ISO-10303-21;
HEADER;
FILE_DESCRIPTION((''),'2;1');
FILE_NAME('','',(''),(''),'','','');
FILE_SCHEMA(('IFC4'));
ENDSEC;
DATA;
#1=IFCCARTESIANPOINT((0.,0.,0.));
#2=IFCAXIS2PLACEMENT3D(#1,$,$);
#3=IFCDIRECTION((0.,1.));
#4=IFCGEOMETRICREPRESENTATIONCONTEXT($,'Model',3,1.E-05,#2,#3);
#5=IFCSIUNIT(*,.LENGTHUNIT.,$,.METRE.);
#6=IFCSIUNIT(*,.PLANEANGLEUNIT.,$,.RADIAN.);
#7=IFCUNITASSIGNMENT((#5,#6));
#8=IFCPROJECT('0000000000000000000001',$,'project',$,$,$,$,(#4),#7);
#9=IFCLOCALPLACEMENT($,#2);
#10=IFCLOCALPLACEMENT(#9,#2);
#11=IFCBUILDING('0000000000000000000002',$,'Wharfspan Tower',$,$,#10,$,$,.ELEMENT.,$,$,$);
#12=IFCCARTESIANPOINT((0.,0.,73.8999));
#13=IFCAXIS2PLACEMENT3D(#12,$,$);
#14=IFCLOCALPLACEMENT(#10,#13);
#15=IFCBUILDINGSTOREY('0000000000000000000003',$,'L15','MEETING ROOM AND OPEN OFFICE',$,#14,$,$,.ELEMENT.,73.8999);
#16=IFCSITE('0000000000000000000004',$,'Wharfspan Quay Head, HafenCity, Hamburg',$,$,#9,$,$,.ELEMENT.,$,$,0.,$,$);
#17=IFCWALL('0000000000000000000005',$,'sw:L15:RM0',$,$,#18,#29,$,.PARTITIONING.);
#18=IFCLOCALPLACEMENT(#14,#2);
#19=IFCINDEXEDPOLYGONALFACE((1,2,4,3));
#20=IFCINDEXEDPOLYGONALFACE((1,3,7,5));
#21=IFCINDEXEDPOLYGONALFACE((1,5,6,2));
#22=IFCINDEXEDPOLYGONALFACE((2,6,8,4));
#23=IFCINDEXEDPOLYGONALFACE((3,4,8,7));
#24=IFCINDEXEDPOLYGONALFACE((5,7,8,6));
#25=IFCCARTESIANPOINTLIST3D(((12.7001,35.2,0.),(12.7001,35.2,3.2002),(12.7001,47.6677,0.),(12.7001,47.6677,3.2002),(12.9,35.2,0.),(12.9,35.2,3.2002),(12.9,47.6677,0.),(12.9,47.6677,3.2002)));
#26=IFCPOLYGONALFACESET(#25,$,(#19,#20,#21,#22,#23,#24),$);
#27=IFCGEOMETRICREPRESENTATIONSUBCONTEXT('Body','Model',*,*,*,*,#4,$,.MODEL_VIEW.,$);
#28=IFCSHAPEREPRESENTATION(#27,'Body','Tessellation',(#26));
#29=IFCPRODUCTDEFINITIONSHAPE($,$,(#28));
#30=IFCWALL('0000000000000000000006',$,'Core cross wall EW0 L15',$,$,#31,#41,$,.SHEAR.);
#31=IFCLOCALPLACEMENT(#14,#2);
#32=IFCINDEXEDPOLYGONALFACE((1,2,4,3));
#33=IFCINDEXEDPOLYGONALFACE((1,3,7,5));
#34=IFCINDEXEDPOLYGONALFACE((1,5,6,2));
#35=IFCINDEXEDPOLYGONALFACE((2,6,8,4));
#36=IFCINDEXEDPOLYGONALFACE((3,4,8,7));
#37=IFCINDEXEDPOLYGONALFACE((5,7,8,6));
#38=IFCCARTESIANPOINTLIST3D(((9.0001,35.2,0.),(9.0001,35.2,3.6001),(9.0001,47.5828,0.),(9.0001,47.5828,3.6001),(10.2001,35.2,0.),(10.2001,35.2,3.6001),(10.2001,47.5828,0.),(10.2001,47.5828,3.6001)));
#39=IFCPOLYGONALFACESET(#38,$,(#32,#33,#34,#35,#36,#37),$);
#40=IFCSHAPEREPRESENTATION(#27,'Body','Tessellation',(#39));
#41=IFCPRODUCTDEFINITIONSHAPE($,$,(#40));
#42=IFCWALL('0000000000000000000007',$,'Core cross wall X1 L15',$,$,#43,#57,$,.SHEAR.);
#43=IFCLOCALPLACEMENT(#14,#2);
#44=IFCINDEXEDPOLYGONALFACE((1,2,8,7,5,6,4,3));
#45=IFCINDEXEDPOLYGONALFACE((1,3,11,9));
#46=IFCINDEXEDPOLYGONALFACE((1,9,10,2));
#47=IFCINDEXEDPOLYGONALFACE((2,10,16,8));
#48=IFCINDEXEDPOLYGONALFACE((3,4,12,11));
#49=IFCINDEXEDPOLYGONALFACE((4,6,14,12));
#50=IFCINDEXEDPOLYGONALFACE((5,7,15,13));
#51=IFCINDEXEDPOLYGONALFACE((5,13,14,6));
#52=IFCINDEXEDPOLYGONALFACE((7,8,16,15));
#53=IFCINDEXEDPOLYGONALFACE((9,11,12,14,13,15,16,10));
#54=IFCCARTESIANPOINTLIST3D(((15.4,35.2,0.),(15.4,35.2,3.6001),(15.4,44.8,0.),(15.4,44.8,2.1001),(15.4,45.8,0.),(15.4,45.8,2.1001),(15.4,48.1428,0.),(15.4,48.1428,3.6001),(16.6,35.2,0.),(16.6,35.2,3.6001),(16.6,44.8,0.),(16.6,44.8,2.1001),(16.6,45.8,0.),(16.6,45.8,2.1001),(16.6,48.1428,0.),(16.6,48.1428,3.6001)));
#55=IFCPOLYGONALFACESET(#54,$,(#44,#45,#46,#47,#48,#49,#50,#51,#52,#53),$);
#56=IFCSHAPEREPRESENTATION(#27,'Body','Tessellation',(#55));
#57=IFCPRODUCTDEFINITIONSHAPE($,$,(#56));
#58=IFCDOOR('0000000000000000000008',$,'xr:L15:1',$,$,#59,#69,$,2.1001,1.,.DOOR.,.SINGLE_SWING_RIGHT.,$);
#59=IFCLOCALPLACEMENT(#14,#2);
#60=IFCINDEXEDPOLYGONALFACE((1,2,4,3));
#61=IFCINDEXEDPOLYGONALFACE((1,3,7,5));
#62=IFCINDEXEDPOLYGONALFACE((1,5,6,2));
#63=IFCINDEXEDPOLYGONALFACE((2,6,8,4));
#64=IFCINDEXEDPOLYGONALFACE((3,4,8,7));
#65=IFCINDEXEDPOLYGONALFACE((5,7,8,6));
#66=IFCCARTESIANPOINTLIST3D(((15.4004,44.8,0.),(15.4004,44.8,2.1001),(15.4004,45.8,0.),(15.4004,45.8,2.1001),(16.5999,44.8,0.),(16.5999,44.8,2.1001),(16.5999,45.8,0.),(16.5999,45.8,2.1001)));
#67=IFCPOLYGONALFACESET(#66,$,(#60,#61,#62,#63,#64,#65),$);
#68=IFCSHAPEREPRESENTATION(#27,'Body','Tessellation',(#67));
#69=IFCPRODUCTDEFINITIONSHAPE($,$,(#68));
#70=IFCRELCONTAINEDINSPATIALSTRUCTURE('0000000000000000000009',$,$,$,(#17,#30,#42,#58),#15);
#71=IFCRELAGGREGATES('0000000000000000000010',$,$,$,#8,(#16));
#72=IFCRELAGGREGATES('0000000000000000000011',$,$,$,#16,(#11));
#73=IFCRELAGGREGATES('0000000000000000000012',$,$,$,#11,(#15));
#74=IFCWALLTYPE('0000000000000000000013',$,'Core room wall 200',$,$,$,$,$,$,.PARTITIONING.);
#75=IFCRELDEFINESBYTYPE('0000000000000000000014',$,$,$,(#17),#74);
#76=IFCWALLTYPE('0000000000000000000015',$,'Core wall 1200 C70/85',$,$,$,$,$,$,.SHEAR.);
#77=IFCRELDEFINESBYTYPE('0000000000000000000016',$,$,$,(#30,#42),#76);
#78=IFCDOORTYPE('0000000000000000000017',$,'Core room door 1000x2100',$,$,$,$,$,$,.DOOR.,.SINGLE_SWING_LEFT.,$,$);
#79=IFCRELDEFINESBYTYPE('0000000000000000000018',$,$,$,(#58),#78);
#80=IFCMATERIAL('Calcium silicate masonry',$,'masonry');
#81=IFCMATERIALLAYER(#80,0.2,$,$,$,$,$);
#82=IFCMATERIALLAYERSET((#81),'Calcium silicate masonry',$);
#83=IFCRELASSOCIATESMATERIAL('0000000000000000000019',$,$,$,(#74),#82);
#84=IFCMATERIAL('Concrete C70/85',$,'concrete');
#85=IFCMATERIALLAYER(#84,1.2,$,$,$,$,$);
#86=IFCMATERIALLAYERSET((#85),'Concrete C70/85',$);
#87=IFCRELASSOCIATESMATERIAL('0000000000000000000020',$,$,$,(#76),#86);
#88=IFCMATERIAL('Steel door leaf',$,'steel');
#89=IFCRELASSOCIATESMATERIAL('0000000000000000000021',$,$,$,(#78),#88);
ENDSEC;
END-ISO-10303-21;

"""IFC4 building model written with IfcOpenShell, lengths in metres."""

from ifc_helpers import new_model, si_unit, direction, frame, frame_2d, origin, place, context, subcontext, project, spatial, rectangle, extrude, material, layer, layer_set, type_object, element, fill, save


model = new_model("IFC4")

# Units and contexts
model_context = context("Model", 3, precision=1e-05, world=origin(), true_north=direction((0.0, 1.0)))
body_context = subcontext(model_context, "Body", "Model", "MODEL_VIEW")
ifc_project = project(units=[si_unit("LENGTHUNIT", "METRE"), si_unit("PLANEANGLEUNIT", "RADIAN")], contexts=[model_context])

# Site, building, storey
site_placement = place(None, origin())
site = spatial("IfcSite", under=ifc_project, at=site_placement, Name="Wharfspan Quay Head, HafenCity, Hamburg", CompositionType="ELEMENT", RefElevation=0.0)
building_placement = place(site_placement, origin())
building = spatial("IfcBuilding", under=site, at=building_placement, Name="Wharfspan Tower", CompositionType="ELEMENT")
storey_placement = place(building_placement, frame((0.0, 0.0, 73.8999)))
storey = spatial("IfcBuildingStorey", under=building, at=storey_placement, Name="L15", Description="MEETING ROOM AND OPEN OFFICE", CompositionType="ELEMENT", Elevation=73.8999)

# Walls
ifc_material_1 = material(Name="Calcium silicate masonry", Category="masonry")
ifc_layer_1 = layer(ifc_material_1, 0.2)
ifc_layer_set_1 = layer_set([ifc_layer_1], Name="Calcium silicate masonry")
wall_type_1 = type_object("IfcWallType", Name="Core room wall 200", PredefinedType="PARTITIONING", material=ifc_layer_set_1)
wall_1_placement = place(storey_placement, frame((12.8, 35.2, 0.0), z_axis=(0.0, 0.0, 1.0), x_axis=(0.0, 1.0, 0.0)))
element("IfcWall", 1, at=wall_1_placement, inside=storey, type_object=wall_type_1, Name="sw:L15:RM0", PredefinedType="PARTITIONING", context=body_context, shape_type="SweptSolid", body=[
    extrude(rectangle(XDim=12.4678, YDim=0.2, at=frame_2d((6.2339, 0.0))), origin(), (0.0, 0.0, 1.0), 3.2002),
])
ifc_material_2 = material(Name="Concrete C70/85", Category="concrete")
ifc_layer_2 = layer(ifc_material_2, 1.2)
ifc_layer_set_2 = layer_set([ifc_layer_2], Name="Concrete C70/85")
wall_type_2 = type_object("IfcWallType", Name="Core wall 1200 C70/85", PredefinedType="SHEAR", material=ifc_layer_set_2)
wall_2_placement = place(storey_placement, frame((9.6001, 35.2, 0.0), z_axis=(0.0, 0.0, 1.0), x_axis=(0.0, 1.0, 0.0)))
element("IfcWall", 2, at=wall_2_placement, inside=storey, type_object=wall_type_2, Name="Core cross wall EW0 L15", PredefinedType="SHEAR", context=body_context, shape_type="SweptSolid", body=[
    extrude(rectangle(XDim=12.3828, YDim=1.2, at=frame_2d((6.1914, 0.0))), origin(), (0.0, 0.0, 1.0), 3.6001),
])

# Wall, opening, door
wall_3_placement = place(storey_placement, frame((16.0, 35.2, 0.0), z_axis=(0.0, 0.0, 1.0), x_axis=(0.0, 1.0, 0.0)))
wall_3 = element("IfcWall", 3, at=wall_3_placement, inside=storey, type_object=wall_type_2, Name="Core cross wall X1 L15", PredefinedType="SHEAR", context=body_context, shape_type="SweptSolid", body=[
    extrude(rectangle(XDim=12.9429, YDim=1.2, at=frame_2d((6.4714, 0.0))), origin(), (0.0, 0.0, 1.0), 3.6001),
])
opening_placement = place(wall_3_placement, frame((9.6001, 0.0, 0.0)))
opening = element("IfcOpeningElement", 4, at=opening_placement, cuts=wall_3, PredefinedType="OPENING", context=body_context, shape_type="SweptSolid", body=[
    extrude(rectangle(XDim=1.0, YDim=2.1001, at=frame_2d((0.5, 1.05))), frame((0.0, 0.6099, 0.0), z_axis=(0.0, -1.0, 0.0), x_axis=(1.0, 0.0, 0.0)), (0.0, 0.0, 1.0), 1.22),
])
ifc_material_3 = material(Name="Steel door leaf", Category="steel")
door_type = type_object("IfcDoorType", Name="Core room door 1000x2100", OperationType="SINGLE_SWING_LEFT", PredefinedType="DOOR", material=ifc_material_3)
door_placement = place(opening_placement, origin())
door = element("IfcDoor", 5, at=door_placement, inside=storey, type_object=door_type, Name="xr:L15:1", OperationType="SINGLE_SWING_RIGHT", OverallHeight=2.1001, OverallWidth=1.0, PredefinedType="DOOR", context=body_context, shape_type="SweptSolid", body=[
    extrude(rectangle(XDim=1.0, YDim=2.1001, at=frame_2d((0.5, 1.05))), frame((0.0, 0.5996, 0.0), z_axis=(0.0, -1.0, 0.0), x_axis=(1.0, 0.0, 0.0)), (0.0, 0.0, 1.0), 1.1995),
])
fill(opening, door)

save(model, "model.ifc")
